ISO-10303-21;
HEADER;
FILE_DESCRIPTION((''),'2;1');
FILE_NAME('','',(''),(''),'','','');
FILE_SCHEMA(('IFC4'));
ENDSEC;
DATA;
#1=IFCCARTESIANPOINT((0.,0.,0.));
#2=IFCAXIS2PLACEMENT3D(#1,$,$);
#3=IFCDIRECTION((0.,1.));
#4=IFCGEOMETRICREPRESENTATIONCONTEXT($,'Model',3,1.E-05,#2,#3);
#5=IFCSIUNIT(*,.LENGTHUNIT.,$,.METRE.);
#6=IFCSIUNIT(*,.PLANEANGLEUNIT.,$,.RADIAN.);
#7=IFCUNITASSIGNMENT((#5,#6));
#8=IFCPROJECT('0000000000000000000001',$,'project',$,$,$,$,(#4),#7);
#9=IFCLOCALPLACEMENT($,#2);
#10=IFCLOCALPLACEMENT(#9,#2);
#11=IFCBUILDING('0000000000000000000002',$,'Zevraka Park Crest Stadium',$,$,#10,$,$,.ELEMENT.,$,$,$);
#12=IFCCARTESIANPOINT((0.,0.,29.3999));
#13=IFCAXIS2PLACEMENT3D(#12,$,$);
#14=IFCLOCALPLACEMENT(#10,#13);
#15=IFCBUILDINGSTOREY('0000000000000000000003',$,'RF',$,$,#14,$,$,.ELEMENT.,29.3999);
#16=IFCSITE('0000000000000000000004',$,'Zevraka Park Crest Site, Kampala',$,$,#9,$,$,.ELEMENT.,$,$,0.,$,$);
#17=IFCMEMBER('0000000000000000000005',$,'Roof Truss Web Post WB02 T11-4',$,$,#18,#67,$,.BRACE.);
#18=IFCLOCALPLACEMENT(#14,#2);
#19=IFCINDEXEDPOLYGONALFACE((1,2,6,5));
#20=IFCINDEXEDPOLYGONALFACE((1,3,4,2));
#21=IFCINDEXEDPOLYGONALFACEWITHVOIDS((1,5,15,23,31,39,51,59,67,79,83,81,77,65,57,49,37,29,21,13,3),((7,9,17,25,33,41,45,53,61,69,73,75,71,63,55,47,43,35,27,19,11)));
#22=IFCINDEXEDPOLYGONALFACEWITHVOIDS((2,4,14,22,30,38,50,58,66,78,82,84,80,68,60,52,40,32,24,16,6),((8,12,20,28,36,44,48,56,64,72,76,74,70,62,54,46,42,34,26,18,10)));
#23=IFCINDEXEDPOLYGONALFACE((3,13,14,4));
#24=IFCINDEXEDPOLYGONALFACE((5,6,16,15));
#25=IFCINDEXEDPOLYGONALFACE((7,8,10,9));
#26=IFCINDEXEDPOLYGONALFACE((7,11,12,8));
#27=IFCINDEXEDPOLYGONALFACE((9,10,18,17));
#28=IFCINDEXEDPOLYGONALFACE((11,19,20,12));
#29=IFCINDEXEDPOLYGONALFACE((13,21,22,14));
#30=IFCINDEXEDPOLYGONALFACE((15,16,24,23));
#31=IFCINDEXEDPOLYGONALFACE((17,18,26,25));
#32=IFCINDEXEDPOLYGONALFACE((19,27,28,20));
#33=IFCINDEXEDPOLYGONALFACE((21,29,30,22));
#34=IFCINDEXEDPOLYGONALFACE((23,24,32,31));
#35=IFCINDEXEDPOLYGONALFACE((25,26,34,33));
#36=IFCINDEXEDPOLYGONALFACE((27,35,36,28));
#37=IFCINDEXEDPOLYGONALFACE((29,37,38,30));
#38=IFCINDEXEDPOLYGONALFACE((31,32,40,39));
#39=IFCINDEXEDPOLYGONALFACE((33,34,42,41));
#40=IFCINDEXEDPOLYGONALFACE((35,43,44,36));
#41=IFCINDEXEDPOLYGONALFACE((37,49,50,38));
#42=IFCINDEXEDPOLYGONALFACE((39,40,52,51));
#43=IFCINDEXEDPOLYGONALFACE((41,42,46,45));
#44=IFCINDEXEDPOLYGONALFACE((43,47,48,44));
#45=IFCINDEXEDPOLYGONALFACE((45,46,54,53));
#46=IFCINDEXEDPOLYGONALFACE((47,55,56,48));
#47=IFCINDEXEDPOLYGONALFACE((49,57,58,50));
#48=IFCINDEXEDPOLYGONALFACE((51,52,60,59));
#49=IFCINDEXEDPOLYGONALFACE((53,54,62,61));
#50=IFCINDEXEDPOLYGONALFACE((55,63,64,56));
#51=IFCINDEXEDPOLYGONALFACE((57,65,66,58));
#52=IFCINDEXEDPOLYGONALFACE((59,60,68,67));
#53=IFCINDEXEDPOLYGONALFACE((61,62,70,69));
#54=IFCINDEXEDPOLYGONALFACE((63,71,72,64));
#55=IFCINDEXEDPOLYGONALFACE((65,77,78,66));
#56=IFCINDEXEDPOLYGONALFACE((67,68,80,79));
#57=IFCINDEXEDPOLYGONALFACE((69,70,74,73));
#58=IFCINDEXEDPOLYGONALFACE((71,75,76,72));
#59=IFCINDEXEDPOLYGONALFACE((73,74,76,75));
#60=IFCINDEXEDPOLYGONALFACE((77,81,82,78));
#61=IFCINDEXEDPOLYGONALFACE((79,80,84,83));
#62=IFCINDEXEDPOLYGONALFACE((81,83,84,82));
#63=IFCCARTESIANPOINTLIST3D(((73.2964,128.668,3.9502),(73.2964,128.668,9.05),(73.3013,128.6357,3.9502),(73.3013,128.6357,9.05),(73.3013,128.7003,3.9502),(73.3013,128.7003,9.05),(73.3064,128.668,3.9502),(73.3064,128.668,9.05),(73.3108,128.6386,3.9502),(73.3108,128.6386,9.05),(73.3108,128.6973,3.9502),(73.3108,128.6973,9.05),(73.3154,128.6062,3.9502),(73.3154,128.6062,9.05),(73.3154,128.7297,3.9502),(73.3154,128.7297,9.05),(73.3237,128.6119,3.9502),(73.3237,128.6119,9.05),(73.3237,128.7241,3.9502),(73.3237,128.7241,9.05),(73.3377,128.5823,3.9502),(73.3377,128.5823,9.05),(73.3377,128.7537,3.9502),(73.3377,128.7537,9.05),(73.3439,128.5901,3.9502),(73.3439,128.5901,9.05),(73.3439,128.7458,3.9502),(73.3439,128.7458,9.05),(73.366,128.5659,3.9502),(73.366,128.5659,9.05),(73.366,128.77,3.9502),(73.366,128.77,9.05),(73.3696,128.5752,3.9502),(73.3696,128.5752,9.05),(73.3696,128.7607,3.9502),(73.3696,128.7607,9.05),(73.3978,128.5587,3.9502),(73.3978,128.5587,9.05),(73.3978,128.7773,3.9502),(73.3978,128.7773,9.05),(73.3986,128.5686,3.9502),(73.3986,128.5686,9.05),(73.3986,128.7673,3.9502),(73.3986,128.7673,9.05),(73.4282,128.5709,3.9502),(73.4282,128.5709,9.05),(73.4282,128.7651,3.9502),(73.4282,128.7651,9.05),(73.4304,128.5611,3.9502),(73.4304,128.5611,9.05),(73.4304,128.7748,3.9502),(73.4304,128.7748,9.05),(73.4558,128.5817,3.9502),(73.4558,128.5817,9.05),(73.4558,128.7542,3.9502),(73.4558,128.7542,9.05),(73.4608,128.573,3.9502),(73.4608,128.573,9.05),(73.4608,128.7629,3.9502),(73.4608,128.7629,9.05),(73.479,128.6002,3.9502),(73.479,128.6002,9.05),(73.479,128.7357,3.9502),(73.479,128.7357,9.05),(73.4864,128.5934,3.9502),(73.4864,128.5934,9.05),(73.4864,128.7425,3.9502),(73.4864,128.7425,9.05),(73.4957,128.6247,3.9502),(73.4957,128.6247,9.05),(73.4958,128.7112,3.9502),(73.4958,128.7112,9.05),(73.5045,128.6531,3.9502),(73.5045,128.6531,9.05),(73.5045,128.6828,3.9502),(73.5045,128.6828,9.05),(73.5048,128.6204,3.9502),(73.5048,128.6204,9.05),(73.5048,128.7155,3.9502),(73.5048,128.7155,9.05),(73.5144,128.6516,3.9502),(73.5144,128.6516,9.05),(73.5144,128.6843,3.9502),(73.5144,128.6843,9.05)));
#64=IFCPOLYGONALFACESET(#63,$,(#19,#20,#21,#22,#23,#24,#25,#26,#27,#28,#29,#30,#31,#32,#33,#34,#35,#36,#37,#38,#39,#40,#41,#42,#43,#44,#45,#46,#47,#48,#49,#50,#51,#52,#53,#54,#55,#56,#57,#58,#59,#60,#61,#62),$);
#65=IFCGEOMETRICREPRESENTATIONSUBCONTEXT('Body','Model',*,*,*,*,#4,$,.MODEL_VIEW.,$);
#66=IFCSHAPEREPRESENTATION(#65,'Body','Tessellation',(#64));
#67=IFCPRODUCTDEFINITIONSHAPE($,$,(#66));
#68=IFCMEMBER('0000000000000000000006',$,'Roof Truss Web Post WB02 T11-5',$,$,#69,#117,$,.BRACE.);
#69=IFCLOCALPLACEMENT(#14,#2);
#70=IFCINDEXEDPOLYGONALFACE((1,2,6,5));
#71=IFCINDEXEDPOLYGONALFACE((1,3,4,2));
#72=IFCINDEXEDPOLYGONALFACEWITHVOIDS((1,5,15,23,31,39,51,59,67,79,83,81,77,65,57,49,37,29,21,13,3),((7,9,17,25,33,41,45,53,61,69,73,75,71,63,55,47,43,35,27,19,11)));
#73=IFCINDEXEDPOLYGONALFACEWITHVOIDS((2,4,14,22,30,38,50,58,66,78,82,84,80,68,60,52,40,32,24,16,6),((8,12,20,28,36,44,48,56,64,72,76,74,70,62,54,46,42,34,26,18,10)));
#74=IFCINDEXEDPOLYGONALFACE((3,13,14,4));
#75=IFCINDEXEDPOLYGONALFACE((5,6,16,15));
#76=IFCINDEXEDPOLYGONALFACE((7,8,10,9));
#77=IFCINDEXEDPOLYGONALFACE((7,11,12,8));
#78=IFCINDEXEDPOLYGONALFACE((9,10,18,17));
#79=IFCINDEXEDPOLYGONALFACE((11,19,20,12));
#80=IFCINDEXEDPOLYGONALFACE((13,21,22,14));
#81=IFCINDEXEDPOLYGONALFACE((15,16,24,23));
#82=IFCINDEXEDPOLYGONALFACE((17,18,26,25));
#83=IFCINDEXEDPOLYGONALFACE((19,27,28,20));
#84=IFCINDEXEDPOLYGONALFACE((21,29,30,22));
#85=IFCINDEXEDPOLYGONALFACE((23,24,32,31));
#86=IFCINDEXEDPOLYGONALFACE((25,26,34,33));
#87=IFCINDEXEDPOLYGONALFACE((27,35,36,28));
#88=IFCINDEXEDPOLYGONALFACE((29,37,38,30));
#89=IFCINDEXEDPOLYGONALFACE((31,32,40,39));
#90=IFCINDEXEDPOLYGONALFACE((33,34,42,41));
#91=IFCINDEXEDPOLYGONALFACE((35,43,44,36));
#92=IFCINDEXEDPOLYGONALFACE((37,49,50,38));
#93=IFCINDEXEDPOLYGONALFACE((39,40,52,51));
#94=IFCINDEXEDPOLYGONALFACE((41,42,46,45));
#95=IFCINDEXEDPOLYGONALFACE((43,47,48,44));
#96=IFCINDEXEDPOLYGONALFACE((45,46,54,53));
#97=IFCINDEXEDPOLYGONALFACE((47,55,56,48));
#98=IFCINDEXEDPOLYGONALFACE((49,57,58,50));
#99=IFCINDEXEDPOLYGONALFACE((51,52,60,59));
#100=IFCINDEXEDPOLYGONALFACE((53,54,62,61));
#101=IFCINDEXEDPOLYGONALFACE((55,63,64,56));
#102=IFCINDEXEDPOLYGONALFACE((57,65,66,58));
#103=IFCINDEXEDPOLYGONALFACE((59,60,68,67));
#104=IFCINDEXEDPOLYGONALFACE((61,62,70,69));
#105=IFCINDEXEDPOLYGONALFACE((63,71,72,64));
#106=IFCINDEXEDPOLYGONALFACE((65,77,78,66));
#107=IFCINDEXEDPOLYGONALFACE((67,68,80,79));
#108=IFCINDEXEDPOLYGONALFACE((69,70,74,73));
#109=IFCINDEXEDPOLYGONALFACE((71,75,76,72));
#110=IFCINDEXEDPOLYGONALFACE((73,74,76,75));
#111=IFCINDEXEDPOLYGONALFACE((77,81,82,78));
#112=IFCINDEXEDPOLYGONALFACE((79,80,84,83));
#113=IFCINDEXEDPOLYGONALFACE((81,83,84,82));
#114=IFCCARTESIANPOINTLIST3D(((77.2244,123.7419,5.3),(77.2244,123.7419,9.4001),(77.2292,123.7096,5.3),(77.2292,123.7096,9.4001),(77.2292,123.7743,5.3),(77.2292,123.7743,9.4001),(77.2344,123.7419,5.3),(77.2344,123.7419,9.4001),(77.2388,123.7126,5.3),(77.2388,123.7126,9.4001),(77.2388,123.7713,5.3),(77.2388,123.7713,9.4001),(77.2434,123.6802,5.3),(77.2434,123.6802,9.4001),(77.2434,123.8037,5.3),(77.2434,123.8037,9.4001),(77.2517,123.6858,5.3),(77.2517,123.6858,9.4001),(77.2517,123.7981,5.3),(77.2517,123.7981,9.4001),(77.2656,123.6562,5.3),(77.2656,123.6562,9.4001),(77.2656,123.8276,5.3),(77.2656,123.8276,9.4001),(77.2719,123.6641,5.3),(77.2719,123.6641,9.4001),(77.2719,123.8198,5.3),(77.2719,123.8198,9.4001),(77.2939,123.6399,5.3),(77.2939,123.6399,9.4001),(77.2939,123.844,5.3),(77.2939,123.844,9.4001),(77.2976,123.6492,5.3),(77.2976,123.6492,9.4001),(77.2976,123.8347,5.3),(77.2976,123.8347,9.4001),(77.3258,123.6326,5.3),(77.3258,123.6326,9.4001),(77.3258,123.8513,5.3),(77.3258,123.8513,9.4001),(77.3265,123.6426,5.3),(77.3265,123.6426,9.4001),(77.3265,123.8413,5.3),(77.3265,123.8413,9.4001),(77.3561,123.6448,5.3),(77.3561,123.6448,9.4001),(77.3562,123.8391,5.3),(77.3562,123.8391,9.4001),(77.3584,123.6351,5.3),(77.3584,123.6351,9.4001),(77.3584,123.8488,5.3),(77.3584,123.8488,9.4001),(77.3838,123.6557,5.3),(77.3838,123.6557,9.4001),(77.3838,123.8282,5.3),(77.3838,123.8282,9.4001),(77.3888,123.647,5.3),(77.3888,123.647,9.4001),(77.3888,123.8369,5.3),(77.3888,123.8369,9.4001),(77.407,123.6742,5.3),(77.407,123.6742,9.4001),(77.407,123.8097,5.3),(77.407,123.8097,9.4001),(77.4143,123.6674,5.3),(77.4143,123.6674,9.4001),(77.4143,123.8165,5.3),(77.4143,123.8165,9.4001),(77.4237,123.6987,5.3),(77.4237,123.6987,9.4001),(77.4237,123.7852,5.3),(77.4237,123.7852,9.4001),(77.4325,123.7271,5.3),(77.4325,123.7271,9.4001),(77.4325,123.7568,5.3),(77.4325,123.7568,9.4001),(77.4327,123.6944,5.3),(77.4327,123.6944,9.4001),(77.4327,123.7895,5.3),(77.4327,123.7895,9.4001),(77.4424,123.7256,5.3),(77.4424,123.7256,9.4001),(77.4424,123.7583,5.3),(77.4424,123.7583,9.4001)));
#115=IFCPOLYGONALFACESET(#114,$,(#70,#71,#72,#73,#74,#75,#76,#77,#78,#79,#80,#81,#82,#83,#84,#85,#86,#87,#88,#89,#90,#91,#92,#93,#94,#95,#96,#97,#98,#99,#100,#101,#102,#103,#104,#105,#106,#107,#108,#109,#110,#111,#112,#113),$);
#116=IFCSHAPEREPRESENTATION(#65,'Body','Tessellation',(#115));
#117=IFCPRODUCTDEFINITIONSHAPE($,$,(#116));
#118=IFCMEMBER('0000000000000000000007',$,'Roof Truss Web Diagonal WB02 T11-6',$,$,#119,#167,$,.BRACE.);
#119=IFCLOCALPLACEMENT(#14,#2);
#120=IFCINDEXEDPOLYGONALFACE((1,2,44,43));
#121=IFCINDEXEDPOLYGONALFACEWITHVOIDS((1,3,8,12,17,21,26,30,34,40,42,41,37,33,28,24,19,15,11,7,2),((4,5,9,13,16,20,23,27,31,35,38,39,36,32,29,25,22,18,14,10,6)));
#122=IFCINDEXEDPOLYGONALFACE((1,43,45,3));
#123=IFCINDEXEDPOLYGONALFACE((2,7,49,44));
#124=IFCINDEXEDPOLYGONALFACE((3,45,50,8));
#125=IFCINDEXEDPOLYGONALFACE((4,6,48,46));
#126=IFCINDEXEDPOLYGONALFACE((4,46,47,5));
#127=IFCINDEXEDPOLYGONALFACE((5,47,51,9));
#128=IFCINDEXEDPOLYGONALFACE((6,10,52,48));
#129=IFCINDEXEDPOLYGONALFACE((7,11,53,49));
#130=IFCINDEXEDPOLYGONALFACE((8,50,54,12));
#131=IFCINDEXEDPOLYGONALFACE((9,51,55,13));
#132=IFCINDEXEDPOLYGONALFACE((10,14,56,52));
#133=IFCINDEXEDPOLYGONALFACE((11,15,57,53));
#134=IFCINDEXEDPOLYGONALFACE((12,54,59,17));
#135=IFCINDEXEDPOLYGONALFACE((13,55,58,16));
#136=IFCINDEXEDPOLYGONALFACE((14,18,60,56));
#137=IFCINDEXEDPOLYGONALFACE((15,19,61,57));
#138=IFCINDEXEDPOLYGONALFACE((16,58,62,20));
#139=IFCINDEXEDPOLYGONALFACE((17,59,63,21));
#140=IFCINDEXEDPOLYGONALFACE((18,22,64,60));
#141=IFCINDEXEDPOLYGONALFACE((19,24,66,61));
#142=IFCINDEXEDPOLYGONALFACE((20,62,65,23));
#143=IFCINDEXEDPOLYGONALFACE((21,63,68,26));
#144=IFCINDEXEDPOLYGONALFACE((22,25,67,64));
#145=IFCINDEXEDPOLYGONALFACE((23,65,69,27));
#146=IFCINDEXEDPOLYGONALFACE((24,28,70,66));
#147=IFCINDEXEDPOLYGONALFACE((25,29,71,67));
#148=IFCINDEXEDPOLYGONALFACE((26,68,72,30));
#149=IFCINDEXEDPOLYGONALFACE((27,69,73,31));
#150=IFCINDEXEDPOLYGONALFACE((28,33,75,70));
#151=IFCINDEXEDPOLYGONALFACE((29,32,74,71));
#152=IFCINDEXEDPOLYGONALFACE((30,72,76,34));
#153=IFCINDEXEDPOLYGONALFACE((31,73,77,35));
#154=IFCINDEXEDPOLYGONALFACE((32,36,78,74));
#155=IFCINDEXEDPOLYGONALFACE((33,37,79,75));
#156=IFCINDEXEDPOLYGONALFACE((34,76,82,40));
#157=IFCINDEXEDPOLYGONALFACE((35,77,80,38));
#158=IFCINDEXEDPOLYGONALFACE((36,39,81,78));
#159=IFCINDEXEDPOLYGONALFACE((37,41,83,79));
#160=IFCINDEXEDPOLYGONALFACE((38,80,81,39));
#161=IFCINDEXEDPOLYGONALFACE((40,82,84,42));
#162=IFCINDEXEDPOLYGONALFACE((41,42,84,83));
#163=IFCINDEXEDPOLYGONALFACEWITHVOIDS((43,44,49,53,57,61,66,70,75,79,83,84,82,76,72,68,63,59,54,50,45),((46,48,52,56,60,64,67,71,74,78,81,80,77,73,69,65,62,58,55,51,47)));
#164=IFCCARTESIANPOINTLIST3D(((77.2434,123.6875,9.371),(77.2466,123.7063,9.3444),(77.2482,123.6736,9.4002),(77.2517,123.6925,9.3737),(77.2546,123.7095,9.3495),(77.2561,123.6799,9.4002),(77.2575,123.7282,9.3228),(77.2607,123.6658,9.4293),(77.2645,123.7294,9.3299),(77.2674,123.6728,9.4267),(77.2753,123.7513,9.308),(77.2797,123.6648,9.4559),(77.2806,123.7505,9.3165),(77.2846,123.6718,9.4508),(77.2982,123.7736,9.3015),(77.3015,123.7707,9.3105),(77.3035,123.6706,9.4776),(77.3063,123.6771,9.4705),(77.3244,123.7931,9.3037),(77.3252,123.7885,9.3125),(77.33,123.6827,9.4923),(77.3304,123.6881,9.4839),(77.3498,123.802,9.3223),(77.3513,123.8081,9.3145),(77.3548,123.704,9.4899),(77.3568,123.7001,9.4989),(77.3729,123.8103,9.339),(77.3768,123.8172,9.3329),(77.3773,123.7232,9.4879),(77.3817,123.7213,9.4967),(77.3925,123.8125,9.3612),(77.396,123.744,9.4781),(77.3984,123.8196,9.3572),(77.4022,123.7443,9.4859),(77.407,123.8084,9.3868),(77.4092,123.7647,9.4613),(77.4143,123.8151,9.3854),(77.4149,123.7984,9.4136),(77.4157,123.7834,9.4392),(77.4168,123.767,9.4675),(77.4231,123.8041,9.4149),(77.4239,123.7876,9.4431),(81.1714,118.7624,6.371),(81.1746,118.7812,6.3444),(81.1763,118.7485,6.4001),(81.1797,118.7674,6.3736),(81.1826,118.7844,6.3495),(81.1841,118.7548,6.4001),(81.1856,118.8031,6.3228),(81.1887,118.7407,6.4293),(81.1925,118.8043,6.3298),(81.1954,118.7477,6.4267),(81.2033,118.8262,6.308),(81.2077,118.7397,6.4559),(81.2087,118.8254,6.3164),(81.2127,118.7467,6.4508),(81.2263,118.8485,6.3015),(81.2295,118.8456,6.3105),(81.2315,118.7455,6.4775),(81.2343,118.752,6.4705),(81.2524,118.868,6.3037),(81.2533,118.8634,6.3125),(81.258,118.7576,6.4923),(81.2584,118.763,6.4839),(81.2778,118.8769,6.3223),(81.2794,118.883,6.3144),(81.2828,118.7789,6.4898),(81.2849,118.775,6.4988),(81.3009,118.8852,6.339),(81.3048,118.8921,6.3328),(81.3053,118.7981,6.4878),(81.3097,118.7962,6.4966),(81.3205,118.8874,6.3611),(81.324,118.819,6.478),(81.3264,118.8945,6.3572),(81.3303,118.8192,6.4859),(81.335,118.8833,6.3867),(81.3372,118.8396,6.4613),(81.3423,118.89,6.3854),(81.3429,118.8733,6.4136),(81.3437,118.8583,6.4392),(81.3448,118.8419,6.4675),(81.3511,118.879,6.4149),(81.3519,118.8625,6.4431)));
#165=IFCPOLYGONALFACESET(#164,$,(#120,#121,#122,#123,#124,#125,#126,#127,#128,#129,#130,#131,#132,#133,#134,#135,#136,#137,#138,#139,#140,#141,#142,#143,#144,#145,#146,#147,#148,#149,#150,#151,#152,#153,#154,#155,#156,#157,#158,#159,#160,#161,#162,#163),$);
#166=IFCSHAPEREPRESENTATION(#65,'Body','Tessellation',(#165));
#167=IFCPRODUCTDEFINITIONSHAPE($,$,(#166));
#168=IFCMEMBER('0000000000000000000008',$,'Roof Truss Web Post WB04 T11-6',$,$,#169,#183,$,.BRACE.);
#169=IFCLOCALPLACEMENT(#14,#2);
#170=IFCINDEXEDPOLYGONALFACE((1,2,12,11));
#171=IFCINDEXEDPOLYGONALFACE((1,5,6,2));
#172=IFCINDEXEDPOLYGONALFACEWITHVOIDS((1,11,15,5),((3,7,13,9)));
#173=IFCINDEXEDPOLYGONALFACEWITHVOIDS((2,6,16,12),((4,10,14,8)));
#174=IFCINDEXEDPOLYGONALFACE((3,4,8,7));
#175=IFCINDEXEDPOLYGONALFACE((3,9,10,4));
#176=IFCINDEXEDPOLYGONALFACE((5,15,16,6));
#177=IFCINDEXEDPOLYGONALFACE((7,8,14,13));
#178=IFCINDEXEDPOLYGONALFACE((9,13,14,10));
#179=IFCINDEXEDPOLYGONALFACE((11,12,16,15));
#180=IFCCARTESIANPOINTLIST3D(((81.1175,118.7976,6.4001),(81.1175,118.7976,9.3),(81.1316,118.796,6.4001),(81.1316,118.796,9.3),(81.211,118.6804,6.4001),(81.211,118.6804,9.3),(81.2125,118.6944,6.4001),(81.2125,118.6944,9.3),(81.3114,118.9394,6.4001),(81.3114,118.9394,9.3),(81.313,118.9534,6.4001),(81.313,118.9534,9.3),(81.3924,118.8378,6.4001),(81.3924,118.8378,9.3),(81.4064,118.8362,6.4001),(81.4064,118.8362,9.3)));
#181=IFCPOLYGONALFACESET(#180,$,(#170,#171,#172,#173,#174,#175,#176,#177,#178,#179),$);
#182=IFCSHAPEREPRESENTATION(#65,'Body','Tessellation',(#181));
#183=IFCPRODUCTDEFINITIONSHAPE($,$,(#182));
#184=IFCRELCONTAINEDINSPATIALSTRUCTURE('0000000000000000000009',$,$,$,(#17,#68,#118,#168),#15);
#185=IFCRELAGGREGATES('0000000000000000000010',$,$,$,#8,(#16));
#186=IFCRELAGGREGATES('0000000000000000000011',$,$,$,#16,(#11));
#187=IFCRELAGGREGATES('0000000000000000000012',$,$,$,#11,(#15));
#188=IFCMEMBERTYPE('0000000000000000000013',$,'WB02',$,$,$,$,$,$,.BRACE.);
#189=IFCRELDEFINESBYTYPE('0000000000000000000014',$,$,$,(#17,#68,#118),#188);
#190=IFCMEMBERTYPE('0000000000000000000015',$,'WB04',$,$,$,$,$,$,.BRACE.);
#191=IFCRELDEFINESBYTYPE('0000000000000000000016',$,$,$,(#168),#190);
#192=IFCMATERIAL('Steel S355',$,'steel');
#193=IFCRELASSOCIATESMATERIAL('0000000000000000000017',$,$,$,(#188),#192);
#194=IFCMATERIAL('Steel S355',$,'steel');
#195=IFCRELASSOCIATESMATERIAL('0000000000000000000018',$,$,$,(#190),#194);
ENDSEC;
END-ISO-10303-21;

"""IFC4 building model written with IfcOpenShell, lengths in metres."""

from ifc_helpers import new_model, si_unit, direction, frame, origin, origin_2d, place, context, subcontext, project, spatial, hollow_rectangle, hollow_circle, extrude, material, material_profile, profile_set, type_object, element, save


model = new_model("IFC4")

# Units and contexts
model_context = context("Model", 3, precision=1e-05, world=origin(), true_north=direction((0.0, 1.0)))
body_context = subcontext(model_context, "Body", "Model", "MODEL_VIEW")
ifc_project = project(units=[si_unit("LENGTHUNIT", "METRE"), si_unit("PLANEANGLEUNIT", "RADIAN")], contexts=[model_context])

# Site, building, storey
site_placement = place(None, origin())
site = spatial("IfcSite", under=ifc_project, at=site_placement, Name="Zevraka Park Crest Site, Kampala", CompositionType="ELEMENT", RefElevation=0.0)
building_placement = place(site_placement, origin())
building = spatial("IfcBuilding", under=site, at=building_placement, Name="Zevraka Park Crest Stadium", CompositionType="ELEMENT")
storey_placement = place(building_placement, frame((0.0, 0.0, 29.3999)))
storey = spatial("IfcBuildingStorey", under=building, at=storey_placement, Name="RF", CompositionType="ELEMENT", Elevation=29.3999)

# Members
ifc_material_1 = material(Name="Steel S355", Category="steel")
ifc_material_profile_1 = material_profile(ifc_material_1, hollow_circle(Radius=0.1096, WallThickness=0.01, at=origin_2d()), Name="CHS 219.1x10")
ifc_profile_set_1 = profile_set([ifc_material_profile_1], Name="Steel S355")
member_type_1 = type_object("IfcMemberType", Name="WB02", PredefinedType="BRACE", material=ifc_profile_set_1)
for number, where, z_axis, x_axis, name in (
    (1, (73.406, 128.668, 3.9502), (0.0, 0.0, 1.0), (-0.62347, 0.781847, 0.0), "Roof Truss Web Post WB02 T11-4"),
):
    element("IfcMember", number, at=place(storey_placement, frame(where, z_axis=z_axis, x_axis=x_axis)), inside=storey, type_object=member_type_1, Name=name, PredefinedType="BRACE", context=body_context, shape_type="SweptSolid", body=[
        extrude(hollow_circle(Radius=0.1096, WallThickness=0.01, at=origin_2d()), origin(), (0.0, 0.0, 1.0), 5.0999),
    ])
member_1_placement = place(storey_placement, frame((77.334, 123.7419, 5.3), z_axis=(0.0, 0.0, 1.0), x_axis=(-0.62347, 0.781847, 0.0)))
element("IfcMember", 2, at=member_1_placement, inside=storey, type_object=member_type_1, Name="Roof Truss Web Post WB02 T11-5", PredefinedType="BRACE", context=body_context, shape_type="SweptSolid", body=[
    extrude(hollow_circle(Radius=0.1096, WallThickness=0.01, at=origin_2d()), origin(), (0.0, 0.0, 1.0), 4.1001),
])
member_2_placement = place(storey_placement, frame((81.262, 118.8169, 6.4001), z_axis=(-0.562951, 0.70585, 0.429955), x_axis=(-0.781802, -0.623527, 0.0)))
element("IfcMember", 3, at=member_2_placement, inside=storey, type_object=member_type_1, Name="Roof Truss Web Diagonal WB02 T11-6", PredefinedType="BRACE", context=body_context, shape_type="SweptSolid", body=[
    extrude(hollow_circle(Radius=0.1096, WallThickness=0.01, at=origin_2d()), origin(), (0.0, 0.0, 1.0), 6.9775),
])
ifc_material_2 = material(Name="Steel S355", Category="steel")
ifc_material_profile_2 = material_profile(ifc_material_2, hollow_rectangle(XDim=0.1499, YDim=0.25, WallThickness=0.01, at=origin_2d()), Name="RHS 250x150x10")
ifc_profile_set_2 = profile_set([ifc_material_profile_2], Name="Steel S355")
member_type_2 = type_object("IfcMemberType", Name="WB04", PredefinedType="BRACE", material=ifc_profile_set_2)
member_3_placement = place(storey_placement, frame((81.262, 118.8169, 6.4001), z_axis=(0.0, 0.0, 1.0), x_axis=(-0.62347, 0.781847, 0.0)))
element("IfcMember", 4, at=member_3_placement, inside=storey, type_object=member_type_2, Name="Roof Truss Web Post WB04 T11-6", PredefinedType="BRACE", context=body_context, shape_type="SweptSolid", body=[
    extrude(hollow_rectangle(XDim=0.1499, YDim=0.25, WallThickness=0.01, at=origin_2d()), origin(), (0.0, 0.0, 1.0), 2.8999),
])

save(model, "model.ifc")
